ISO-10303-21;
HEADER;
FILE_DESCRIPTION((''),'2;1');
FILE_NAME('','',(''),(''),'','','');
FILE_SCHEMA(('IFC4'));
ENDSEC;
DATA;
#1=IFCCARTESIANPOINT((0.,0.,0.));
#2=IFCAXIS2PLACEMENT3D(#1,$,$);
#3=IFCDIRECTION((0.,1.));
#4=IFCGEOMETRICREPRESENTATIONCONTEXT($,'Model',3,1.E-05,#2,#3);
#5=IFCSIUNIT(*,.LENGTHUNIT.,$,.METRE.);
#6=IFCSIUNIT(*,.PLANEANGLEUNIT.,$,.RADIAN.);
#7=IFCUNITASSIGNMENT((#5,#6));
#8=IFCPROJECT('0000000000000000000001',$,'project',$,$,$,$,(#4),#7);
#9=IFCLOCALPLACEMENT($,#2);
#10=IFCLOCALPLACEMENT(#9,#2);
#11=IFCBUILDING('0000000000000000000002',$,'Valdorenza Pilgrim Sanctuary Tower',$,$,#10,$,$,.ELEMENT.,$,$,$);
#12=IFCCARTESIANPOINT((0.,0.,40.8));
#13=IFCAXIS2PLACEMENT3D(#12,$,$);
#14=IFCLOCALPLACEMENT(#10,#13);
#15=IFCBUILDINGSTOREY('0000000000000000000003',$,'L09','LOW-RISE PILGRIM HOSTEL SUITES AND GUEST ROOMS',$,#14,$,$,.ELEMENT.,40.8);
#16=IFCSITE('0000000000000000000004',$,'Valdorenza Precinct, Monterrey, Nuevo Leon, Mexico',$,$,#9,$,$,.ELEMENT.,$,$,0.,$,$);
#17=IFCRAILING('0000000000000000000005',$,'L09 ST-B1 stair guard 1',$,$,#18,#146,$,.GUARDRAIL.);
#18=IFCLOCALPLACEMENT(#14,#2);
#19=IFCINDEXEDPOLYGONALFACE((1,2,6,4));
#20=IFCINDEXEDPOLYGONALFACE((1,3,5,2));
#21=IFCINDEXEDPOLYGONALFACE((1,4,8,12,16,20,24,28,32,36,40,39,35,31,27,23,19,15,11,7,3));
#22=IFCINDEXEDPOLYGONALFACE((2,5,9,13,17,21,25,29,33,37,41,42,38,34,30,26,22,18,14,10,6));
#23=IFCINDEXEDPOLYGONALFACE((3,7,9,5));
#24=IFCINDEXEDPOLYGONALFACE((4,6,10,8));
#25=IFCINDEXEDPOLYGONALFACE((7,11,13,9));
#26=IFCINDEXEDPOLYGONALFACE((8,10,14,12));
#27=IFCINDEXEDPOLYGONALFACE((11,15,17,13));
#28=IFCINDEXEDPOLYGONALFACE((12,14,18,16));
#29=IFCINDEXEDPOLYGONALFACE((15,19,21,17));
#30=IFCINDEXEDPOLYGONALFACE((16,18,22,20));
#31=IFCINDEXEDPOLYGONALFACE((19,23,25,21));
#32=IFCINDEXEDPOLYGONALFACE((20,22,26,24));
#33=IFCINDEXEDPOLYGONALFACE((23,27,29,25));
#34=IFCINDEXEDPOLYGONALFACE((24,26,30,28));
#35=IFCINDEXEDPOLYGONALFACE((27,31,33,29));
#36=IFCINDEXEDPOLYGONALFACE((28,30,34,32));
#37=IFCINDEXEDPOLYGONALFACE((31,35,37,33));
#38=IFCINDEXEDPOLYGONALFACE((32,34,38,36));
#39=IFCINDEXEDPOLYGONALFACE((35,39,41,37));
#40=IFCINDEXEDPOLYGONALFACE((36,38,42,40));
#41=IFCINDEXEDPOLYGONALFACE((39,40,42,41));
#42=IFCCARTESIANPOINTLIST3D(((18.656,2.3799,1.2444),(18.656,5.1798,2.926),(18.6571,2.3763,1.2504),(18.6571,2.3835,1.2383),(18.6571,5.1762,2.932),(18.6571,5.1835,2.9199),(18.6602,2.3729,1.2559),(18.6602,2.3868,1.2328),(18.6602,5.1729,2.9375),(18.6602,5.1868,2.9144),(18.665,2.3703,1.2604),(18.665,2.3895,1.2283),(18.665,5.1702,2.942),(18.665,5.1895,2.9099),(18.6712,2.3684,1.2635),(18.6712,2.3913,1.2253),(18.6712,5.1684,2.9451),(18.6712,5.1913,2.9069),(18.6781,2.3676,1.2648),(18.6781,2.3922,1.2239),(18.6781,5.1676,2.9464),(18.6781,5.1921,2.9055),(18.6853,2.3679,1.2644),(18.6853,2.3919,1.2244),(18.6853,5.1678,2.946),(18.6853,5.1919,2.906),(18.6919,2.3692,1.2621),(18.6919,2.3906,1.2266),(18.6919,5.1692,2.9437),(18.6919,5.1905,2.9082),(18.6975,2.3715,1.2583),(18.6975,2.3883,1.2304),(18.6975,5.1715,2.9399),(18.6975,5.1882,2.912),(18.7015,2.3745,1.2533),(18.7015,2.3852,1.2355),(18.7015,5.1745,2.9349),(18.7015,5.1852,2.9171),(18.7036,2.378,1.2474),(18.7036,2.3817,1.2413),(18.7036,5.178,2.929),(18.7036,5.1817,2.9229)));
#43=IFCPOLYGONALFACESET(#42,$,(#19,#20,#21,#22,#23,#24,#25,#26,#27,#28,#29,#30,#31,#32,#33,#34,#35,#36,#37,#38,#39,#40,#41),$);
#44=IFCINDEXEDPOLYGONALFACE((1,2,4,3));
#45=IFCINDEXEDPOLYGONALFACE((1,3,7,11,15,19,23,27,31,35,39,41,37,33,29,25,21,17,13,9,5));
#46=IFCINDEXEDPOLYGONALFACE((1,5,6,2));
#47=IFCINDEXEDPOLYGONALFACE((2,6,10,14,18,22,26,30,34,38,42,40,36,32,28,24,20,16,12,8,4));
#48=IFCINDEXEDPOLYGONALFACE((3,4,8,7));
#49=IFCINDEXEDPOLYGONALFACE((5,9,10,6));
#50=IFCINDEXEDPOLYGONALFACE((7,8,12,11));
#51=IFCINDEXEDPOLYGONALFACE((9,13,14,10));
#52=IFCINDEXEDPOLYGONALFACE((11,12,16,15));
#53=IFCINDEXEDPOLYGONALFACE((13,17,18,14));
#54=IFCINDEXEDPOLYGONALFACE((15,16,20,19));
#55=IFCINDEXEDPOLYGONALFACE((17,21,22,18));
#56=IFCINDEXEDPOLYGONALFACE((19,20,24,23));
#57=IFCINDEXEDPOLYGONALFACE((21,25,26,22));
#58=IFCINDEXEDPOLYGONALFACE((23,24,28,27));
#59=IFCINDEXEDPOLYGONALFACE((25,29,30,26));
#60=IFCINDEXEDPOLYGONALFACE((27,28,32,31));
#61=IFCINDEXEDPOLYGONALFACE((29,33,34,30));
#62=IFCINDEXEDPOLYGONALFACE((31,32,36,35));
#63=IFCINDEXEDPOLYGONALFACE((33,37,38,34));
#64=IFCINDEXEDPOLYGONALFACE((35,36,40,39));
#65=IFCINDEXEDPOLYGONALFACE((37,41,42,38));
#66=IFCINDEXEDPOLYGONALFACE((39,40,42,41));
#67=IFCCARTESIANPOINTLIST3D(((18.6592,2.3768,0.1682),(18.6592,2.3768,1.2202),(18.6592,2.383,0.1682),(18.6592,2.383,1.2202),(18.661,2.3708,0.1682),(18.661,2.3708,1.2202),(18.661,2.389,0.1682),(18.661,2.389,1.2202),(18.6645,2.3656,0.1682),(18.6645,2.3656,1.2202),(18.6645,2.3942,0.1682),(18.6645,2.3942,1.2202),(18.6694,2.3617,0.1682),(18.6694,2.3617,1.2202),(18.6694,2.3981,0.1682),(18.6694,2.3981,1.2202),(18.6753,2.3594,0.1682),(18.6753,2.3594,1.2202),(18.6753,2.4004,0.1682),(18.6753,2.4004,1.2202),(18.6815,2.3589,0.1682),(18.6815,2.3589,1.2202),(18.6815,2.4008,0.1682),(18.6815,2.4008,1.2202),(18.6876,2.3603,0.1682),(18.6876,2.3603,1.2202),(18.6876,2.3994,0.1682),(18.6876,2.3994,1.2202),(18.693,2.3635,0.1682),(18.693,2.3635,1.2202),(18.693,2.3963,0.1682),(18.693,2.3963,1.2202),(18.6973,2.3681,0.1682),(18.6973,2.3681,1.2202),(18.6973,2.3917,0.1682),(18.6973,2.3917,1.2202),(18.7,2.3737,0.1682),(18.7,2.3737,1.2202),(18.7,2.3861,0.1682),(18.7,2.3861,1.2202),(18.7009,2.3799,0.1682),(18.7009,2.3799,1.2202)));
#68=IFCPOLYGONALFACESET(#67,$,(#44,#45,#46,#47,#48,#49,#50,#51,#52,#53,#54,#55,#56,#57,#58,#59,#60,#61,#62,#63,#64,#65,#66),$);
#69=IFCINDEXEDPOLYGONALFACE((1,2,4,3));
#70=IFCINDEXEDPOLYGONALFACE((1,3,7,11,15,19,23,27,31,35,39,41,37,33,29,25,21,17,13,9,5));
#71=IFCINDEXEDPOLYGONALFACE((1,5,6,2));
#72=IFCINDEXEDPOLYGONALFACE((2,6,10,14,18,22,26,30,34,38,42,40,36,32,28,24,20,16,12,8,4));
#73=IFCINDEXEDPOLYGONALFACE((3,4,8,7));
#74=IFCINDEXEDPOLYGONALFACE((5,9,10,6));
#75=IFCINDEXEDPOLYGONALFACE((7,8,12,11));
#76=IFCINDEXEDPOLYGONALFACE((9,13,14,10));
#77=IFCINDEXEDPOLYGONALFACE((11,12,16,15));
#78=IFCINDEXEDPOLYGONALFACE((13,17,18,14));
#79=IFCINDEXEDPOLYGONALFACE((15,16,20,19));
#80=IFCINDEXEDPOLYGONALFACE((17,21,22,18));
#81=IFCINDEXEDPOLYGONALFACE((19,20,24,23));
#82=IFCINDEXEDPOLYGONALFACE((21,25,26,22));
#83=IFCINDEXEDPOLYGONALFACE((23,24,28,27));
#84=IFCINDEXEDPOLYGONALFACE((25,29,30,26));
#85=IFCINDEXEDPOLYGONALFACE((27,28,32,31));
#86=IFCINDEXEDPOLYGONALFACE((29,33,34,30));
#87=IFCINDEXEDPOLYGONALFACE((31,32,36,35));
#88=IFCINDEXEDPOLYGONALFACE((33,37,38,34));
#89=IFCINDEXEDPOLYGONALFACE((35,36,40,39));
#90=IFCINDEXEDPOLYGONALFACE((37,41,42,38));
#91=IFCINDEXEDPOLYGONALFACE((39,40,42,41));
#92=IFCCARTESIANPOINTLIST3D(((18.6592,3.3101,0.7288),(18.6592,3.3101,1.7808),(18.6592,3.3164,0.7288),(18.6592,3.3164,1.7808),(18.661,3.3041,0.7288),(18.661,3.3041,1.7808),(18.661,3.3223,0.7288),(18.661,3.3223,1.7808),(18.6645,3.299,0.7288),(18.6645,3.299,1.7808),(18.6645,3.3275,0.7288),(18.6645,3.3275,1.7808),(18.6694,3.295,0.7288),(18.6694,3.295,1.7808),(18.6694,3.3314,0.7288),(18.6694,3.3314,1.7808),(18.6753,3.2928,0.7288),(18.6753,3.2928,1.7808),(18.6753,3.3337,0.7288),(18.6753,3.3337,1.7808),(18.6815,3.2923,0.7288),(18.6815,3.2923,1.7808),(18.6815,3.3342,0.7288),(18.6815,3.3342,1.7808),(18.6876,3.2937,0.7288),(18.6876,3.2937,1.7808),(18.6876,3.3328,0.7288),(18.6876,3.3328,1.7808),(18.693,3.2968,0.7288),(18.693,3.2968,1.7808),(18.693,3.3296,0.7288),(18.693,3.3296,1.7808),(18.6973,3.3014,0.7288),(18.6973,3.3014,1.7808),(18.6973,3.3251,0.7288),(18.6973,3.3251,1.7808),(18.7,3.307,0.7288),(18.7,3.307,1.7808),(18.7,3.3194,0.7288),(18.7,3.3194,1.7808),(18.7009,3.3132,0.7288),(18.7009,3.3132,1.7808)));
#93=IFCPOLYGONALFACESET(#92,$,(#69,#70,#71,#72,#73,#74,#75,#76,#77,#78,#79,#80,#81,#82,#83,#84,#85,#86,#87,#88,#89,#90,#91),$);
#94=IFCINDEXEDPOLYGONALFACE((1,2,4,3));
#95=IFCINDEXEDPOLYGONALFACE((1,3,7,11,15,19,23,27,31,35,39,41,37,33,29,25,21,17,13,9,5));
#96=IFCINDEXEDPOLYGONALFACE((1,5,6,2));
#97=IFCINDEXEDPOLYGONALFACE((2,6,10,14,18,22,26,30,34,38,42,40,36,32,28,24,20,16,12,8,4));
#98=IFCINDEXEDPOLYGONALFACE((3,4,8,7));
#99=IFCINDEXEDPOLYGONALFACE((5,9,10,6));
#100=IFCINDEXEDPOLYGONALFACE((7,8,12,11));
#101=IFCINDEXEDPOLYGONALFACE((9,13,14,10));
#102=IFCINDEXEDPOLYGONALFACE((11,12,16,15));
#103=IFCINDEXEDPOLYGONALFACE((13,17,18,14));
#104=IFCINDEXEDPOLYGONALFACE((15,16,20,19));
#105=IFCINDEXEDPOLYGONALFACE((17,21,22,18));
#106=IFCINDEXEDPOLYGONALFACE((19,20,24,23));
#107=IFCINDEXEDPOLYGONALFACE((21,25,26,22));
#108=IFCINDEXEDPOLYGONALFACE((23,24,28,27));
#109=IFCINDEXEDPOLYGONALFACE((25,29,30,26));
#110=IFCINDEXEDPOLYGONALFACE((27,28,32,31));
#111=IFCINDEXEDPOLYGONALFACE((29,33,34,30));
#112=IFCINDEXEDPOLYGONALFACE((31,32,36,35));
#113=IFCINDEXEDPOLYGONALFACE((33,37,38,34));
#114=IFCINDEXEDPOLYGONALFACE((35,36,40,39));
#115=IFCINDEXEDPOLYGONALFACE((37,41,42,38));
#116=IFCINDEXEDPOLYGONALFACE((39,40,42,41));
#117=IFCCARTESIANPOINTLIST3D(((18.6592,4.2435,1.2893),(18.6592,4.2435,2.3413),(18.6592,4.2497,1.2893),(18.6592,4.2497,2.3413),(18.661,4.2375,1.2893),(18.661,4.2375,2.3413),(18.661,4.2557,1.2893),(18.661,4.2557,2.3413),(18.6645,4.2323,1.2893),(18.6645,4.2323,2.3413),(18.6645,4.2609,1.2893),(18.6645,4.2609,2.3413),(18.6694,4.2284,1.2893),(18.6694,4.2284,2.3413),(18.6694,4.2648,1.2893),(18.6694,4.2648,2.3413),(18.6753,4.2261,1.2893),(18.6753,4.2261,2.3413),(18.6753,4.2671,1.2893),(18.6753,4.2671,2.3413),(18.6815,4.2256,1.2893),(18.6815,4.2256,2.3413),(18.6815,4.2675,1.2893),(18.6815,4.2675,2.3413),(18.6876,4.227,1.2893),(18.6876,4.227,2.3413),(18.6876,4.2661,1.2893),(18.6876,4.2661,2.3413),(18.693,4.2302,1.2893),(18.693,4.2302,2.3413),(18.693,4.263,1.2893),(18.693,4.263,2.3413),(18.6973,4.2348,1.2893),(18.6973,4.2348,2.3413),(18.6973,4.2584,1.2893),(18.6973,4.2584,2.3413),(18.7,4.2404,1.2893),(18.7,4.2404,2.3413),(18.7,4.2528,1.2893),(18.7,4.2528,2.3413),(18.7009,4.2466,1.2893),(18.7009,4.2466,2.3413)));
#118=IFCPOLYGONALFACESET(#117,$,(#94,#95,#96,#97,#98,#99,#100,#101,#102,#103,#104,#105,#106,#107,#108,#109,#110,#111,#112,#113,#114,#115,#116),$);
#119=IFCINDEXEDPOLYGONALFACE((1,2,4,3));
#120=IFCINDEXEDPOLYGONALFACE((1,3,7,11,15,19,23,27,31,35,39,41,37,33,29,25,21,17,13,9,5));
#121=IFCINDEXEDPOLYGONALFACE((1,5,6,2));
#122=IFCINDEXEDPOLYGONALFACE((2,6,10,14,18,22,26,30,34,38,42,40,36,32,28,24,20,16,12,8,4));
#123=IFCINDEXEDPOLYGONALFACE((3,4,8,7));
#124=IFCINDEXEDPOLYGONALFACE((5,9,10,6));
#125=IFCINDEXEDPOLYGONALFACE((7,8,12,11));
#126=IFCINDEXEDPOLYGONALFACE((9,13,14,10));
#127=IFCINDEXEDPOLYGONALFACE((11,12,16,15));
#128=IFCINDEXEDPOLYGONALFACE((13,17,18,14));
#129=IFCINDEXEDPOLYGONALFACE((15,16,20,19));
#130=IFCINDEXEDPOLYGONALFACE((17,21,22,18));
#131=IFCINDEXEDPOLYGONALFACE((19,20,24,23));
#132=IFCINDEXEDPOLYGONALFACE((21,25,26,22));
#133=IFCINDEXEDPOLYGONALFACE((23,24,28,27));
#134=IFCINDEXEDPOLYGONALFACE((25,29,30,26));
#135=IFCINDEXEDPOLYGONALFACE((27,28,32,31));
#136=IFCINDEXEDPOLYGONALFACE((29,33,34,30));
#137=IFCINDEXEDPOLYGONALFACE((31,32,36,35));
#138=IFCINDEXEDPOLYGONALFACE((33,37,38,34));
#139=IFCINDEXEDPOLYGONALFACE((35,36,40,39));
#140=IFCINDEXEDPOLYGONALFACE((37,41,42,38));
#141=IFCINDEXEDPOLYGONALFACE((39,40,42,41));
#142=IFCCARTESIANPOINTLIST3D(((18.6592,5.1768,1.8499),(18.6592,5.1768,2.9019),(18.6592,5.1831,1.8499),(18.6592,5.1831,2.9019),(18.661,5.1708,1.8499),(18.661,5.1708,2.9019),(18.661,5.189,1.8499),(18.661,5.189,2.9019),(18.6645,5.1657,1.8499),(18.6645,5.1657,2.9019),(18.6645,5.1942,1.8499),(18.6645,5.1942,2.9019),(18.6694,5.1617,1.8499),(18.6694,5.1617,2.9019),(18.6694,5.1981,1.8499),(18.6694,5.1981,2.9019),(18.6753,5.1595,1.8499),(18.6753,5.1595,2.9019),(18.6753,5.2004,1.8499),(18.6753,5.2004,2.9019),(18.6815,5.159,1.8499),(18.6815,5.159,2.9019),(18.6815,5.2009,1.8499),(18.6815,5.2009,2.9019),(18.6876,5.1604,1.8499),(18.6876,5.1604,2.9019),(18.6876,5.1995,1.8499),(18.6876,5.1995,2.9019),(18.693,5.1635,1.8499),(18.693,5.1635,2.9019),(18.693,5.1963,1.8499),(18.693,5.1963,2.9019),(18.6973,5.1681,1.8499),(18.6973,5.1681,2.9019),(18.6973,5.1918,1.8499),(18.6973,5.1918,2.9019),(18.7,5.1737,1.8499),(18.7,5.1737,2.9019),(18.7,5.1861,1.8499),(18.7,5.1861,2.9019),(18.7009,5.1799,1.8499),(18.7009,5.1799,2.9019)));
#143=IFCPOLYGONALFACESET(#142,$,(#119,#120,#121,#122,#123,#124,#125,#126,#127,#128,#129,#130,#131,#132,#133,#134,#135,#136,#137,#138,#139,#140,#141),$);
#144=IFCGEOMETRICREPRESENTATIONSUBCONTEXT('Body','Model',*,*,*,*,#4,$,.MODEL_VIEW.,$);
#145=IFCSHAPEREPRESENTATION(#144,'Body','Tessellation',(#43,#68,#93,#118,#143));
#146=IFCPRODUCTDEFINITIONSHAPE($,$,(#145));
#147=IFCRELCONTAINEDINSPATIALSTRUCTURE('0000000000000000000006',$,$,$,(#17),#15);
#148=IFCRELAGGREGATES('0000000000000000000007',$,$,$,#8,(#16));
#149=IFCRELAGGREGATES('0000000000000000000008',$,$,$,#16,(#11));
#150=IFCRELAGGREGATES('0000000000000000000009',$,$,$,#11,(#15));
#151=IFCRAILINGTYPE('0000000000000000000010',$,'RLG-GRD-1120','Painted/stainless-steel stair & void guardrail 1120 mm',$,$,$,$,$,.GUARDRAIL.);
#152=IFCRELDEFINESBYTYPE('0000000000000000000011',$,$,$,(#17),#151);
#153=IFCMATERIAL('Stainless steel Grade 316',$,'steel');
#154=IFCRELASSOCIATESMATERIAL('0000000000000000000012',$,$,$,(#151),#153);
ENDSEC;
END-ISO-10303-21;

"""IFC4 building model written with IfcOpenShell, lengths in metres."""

from ifc_helpers import new_model, si_unit, direction, frame, origin, origin_2d, place, context, subcontext, project, spatial, circle, extrude, material, type_object, element, save


model = new_model("IFC4")

# Units and contexts
model_context = context("Model", 3, precision=1e-05, world=origin(), true_north=direction((0.0, 1.0)))
body_context = subcontext(model_context, "Body", "Model", "MODEL_VIEW")
ifc_project = project(units=[si_unit("LENGTHUNIT", "METRE"), si_unit("PLANEANGLEUNIT", "RADIAN")], contexts=[model_context])

# Site, building, storey
site_placement = place(None, origin())
site = spatial("IfcSite", under=ifc_project, at=site_placement, Name="Valdorenza Precinct, Monterrey, Nuevo Leon, Mexico", CompositionType="ELEMENT", RefElevation=0.0)
building_placement = place(site_placement, origin())
building = spatial("IfcBuilding", under=site, at=building_placement, Name="Valdorenza Pilgrim Sanctuary Tower", CompositionType="ELEMENT")
storey_placement = place(building_placement, frame((0.0, 0.0, 40.8)))
storey = spatial("IfcBuildingStorey", under=building, at=storey_placement, Name="L09", Description="LOW-RISE PILGRIM HOSTEL SUITES AND GUEST ROOMS", CompositionType="ELEMENT", Elevation=40.8)

# Railing
ifc_material_1 = material(Name="Stainless steel Grade 316", Category="steel")
railing_type_1 = type_object("IfcRailingType", Name="RLG-GRD-1120", Description="Painted/stainless-steel stair & void guardrail 1120 mm", PredefinedType="GUARDRAIL", material=ifc_material_1)
railing_1_placement = place(storey_placement, frame((18.6799, 2.3799, 0.1682)))
element("IfcRailing", 1, at=railing_1_placement, inside=storey, type_object=railing_type_1, Name="L09 ST-B1 stair guard 1", PredefinedType="GUARDRAIL", context=body_context, shape_type="SweptSolid", body=[
    extrude(circle(Radius=0.0239, at=origin_2d()), frame((0.0, 0.0, 1.0762), z_axis=(0.0, 0.857275, 0.514858), x_axis=(-1.0, 0.0, 0.0)), (0.0, 0.0, 1.0), 3.2661),
    extrude(circle(Radius=0.021, at=origin_2d()), origin(), (0.0, 0.0, 1.0), 1.052),
    extrude(circle(Radius=0.021, at=origin_2d()), frame((0.0, 0.9333, 0.5605)), (0.0, 0.0, 1.0), 1.052),
    extrude(circle(Radius=0.021, at=origin_2d()), frame((0.0, 1.8667, 1.1211)), (0.0, 0.0, 1.0), 1.052),
    extrude(circle(Radius=0.021, at=origin_2d()), frame((0.0, 2.8, 1.6816)), (0.0, 0.0, 1.0), 1.052),
])

save(model, "model.ifc")
